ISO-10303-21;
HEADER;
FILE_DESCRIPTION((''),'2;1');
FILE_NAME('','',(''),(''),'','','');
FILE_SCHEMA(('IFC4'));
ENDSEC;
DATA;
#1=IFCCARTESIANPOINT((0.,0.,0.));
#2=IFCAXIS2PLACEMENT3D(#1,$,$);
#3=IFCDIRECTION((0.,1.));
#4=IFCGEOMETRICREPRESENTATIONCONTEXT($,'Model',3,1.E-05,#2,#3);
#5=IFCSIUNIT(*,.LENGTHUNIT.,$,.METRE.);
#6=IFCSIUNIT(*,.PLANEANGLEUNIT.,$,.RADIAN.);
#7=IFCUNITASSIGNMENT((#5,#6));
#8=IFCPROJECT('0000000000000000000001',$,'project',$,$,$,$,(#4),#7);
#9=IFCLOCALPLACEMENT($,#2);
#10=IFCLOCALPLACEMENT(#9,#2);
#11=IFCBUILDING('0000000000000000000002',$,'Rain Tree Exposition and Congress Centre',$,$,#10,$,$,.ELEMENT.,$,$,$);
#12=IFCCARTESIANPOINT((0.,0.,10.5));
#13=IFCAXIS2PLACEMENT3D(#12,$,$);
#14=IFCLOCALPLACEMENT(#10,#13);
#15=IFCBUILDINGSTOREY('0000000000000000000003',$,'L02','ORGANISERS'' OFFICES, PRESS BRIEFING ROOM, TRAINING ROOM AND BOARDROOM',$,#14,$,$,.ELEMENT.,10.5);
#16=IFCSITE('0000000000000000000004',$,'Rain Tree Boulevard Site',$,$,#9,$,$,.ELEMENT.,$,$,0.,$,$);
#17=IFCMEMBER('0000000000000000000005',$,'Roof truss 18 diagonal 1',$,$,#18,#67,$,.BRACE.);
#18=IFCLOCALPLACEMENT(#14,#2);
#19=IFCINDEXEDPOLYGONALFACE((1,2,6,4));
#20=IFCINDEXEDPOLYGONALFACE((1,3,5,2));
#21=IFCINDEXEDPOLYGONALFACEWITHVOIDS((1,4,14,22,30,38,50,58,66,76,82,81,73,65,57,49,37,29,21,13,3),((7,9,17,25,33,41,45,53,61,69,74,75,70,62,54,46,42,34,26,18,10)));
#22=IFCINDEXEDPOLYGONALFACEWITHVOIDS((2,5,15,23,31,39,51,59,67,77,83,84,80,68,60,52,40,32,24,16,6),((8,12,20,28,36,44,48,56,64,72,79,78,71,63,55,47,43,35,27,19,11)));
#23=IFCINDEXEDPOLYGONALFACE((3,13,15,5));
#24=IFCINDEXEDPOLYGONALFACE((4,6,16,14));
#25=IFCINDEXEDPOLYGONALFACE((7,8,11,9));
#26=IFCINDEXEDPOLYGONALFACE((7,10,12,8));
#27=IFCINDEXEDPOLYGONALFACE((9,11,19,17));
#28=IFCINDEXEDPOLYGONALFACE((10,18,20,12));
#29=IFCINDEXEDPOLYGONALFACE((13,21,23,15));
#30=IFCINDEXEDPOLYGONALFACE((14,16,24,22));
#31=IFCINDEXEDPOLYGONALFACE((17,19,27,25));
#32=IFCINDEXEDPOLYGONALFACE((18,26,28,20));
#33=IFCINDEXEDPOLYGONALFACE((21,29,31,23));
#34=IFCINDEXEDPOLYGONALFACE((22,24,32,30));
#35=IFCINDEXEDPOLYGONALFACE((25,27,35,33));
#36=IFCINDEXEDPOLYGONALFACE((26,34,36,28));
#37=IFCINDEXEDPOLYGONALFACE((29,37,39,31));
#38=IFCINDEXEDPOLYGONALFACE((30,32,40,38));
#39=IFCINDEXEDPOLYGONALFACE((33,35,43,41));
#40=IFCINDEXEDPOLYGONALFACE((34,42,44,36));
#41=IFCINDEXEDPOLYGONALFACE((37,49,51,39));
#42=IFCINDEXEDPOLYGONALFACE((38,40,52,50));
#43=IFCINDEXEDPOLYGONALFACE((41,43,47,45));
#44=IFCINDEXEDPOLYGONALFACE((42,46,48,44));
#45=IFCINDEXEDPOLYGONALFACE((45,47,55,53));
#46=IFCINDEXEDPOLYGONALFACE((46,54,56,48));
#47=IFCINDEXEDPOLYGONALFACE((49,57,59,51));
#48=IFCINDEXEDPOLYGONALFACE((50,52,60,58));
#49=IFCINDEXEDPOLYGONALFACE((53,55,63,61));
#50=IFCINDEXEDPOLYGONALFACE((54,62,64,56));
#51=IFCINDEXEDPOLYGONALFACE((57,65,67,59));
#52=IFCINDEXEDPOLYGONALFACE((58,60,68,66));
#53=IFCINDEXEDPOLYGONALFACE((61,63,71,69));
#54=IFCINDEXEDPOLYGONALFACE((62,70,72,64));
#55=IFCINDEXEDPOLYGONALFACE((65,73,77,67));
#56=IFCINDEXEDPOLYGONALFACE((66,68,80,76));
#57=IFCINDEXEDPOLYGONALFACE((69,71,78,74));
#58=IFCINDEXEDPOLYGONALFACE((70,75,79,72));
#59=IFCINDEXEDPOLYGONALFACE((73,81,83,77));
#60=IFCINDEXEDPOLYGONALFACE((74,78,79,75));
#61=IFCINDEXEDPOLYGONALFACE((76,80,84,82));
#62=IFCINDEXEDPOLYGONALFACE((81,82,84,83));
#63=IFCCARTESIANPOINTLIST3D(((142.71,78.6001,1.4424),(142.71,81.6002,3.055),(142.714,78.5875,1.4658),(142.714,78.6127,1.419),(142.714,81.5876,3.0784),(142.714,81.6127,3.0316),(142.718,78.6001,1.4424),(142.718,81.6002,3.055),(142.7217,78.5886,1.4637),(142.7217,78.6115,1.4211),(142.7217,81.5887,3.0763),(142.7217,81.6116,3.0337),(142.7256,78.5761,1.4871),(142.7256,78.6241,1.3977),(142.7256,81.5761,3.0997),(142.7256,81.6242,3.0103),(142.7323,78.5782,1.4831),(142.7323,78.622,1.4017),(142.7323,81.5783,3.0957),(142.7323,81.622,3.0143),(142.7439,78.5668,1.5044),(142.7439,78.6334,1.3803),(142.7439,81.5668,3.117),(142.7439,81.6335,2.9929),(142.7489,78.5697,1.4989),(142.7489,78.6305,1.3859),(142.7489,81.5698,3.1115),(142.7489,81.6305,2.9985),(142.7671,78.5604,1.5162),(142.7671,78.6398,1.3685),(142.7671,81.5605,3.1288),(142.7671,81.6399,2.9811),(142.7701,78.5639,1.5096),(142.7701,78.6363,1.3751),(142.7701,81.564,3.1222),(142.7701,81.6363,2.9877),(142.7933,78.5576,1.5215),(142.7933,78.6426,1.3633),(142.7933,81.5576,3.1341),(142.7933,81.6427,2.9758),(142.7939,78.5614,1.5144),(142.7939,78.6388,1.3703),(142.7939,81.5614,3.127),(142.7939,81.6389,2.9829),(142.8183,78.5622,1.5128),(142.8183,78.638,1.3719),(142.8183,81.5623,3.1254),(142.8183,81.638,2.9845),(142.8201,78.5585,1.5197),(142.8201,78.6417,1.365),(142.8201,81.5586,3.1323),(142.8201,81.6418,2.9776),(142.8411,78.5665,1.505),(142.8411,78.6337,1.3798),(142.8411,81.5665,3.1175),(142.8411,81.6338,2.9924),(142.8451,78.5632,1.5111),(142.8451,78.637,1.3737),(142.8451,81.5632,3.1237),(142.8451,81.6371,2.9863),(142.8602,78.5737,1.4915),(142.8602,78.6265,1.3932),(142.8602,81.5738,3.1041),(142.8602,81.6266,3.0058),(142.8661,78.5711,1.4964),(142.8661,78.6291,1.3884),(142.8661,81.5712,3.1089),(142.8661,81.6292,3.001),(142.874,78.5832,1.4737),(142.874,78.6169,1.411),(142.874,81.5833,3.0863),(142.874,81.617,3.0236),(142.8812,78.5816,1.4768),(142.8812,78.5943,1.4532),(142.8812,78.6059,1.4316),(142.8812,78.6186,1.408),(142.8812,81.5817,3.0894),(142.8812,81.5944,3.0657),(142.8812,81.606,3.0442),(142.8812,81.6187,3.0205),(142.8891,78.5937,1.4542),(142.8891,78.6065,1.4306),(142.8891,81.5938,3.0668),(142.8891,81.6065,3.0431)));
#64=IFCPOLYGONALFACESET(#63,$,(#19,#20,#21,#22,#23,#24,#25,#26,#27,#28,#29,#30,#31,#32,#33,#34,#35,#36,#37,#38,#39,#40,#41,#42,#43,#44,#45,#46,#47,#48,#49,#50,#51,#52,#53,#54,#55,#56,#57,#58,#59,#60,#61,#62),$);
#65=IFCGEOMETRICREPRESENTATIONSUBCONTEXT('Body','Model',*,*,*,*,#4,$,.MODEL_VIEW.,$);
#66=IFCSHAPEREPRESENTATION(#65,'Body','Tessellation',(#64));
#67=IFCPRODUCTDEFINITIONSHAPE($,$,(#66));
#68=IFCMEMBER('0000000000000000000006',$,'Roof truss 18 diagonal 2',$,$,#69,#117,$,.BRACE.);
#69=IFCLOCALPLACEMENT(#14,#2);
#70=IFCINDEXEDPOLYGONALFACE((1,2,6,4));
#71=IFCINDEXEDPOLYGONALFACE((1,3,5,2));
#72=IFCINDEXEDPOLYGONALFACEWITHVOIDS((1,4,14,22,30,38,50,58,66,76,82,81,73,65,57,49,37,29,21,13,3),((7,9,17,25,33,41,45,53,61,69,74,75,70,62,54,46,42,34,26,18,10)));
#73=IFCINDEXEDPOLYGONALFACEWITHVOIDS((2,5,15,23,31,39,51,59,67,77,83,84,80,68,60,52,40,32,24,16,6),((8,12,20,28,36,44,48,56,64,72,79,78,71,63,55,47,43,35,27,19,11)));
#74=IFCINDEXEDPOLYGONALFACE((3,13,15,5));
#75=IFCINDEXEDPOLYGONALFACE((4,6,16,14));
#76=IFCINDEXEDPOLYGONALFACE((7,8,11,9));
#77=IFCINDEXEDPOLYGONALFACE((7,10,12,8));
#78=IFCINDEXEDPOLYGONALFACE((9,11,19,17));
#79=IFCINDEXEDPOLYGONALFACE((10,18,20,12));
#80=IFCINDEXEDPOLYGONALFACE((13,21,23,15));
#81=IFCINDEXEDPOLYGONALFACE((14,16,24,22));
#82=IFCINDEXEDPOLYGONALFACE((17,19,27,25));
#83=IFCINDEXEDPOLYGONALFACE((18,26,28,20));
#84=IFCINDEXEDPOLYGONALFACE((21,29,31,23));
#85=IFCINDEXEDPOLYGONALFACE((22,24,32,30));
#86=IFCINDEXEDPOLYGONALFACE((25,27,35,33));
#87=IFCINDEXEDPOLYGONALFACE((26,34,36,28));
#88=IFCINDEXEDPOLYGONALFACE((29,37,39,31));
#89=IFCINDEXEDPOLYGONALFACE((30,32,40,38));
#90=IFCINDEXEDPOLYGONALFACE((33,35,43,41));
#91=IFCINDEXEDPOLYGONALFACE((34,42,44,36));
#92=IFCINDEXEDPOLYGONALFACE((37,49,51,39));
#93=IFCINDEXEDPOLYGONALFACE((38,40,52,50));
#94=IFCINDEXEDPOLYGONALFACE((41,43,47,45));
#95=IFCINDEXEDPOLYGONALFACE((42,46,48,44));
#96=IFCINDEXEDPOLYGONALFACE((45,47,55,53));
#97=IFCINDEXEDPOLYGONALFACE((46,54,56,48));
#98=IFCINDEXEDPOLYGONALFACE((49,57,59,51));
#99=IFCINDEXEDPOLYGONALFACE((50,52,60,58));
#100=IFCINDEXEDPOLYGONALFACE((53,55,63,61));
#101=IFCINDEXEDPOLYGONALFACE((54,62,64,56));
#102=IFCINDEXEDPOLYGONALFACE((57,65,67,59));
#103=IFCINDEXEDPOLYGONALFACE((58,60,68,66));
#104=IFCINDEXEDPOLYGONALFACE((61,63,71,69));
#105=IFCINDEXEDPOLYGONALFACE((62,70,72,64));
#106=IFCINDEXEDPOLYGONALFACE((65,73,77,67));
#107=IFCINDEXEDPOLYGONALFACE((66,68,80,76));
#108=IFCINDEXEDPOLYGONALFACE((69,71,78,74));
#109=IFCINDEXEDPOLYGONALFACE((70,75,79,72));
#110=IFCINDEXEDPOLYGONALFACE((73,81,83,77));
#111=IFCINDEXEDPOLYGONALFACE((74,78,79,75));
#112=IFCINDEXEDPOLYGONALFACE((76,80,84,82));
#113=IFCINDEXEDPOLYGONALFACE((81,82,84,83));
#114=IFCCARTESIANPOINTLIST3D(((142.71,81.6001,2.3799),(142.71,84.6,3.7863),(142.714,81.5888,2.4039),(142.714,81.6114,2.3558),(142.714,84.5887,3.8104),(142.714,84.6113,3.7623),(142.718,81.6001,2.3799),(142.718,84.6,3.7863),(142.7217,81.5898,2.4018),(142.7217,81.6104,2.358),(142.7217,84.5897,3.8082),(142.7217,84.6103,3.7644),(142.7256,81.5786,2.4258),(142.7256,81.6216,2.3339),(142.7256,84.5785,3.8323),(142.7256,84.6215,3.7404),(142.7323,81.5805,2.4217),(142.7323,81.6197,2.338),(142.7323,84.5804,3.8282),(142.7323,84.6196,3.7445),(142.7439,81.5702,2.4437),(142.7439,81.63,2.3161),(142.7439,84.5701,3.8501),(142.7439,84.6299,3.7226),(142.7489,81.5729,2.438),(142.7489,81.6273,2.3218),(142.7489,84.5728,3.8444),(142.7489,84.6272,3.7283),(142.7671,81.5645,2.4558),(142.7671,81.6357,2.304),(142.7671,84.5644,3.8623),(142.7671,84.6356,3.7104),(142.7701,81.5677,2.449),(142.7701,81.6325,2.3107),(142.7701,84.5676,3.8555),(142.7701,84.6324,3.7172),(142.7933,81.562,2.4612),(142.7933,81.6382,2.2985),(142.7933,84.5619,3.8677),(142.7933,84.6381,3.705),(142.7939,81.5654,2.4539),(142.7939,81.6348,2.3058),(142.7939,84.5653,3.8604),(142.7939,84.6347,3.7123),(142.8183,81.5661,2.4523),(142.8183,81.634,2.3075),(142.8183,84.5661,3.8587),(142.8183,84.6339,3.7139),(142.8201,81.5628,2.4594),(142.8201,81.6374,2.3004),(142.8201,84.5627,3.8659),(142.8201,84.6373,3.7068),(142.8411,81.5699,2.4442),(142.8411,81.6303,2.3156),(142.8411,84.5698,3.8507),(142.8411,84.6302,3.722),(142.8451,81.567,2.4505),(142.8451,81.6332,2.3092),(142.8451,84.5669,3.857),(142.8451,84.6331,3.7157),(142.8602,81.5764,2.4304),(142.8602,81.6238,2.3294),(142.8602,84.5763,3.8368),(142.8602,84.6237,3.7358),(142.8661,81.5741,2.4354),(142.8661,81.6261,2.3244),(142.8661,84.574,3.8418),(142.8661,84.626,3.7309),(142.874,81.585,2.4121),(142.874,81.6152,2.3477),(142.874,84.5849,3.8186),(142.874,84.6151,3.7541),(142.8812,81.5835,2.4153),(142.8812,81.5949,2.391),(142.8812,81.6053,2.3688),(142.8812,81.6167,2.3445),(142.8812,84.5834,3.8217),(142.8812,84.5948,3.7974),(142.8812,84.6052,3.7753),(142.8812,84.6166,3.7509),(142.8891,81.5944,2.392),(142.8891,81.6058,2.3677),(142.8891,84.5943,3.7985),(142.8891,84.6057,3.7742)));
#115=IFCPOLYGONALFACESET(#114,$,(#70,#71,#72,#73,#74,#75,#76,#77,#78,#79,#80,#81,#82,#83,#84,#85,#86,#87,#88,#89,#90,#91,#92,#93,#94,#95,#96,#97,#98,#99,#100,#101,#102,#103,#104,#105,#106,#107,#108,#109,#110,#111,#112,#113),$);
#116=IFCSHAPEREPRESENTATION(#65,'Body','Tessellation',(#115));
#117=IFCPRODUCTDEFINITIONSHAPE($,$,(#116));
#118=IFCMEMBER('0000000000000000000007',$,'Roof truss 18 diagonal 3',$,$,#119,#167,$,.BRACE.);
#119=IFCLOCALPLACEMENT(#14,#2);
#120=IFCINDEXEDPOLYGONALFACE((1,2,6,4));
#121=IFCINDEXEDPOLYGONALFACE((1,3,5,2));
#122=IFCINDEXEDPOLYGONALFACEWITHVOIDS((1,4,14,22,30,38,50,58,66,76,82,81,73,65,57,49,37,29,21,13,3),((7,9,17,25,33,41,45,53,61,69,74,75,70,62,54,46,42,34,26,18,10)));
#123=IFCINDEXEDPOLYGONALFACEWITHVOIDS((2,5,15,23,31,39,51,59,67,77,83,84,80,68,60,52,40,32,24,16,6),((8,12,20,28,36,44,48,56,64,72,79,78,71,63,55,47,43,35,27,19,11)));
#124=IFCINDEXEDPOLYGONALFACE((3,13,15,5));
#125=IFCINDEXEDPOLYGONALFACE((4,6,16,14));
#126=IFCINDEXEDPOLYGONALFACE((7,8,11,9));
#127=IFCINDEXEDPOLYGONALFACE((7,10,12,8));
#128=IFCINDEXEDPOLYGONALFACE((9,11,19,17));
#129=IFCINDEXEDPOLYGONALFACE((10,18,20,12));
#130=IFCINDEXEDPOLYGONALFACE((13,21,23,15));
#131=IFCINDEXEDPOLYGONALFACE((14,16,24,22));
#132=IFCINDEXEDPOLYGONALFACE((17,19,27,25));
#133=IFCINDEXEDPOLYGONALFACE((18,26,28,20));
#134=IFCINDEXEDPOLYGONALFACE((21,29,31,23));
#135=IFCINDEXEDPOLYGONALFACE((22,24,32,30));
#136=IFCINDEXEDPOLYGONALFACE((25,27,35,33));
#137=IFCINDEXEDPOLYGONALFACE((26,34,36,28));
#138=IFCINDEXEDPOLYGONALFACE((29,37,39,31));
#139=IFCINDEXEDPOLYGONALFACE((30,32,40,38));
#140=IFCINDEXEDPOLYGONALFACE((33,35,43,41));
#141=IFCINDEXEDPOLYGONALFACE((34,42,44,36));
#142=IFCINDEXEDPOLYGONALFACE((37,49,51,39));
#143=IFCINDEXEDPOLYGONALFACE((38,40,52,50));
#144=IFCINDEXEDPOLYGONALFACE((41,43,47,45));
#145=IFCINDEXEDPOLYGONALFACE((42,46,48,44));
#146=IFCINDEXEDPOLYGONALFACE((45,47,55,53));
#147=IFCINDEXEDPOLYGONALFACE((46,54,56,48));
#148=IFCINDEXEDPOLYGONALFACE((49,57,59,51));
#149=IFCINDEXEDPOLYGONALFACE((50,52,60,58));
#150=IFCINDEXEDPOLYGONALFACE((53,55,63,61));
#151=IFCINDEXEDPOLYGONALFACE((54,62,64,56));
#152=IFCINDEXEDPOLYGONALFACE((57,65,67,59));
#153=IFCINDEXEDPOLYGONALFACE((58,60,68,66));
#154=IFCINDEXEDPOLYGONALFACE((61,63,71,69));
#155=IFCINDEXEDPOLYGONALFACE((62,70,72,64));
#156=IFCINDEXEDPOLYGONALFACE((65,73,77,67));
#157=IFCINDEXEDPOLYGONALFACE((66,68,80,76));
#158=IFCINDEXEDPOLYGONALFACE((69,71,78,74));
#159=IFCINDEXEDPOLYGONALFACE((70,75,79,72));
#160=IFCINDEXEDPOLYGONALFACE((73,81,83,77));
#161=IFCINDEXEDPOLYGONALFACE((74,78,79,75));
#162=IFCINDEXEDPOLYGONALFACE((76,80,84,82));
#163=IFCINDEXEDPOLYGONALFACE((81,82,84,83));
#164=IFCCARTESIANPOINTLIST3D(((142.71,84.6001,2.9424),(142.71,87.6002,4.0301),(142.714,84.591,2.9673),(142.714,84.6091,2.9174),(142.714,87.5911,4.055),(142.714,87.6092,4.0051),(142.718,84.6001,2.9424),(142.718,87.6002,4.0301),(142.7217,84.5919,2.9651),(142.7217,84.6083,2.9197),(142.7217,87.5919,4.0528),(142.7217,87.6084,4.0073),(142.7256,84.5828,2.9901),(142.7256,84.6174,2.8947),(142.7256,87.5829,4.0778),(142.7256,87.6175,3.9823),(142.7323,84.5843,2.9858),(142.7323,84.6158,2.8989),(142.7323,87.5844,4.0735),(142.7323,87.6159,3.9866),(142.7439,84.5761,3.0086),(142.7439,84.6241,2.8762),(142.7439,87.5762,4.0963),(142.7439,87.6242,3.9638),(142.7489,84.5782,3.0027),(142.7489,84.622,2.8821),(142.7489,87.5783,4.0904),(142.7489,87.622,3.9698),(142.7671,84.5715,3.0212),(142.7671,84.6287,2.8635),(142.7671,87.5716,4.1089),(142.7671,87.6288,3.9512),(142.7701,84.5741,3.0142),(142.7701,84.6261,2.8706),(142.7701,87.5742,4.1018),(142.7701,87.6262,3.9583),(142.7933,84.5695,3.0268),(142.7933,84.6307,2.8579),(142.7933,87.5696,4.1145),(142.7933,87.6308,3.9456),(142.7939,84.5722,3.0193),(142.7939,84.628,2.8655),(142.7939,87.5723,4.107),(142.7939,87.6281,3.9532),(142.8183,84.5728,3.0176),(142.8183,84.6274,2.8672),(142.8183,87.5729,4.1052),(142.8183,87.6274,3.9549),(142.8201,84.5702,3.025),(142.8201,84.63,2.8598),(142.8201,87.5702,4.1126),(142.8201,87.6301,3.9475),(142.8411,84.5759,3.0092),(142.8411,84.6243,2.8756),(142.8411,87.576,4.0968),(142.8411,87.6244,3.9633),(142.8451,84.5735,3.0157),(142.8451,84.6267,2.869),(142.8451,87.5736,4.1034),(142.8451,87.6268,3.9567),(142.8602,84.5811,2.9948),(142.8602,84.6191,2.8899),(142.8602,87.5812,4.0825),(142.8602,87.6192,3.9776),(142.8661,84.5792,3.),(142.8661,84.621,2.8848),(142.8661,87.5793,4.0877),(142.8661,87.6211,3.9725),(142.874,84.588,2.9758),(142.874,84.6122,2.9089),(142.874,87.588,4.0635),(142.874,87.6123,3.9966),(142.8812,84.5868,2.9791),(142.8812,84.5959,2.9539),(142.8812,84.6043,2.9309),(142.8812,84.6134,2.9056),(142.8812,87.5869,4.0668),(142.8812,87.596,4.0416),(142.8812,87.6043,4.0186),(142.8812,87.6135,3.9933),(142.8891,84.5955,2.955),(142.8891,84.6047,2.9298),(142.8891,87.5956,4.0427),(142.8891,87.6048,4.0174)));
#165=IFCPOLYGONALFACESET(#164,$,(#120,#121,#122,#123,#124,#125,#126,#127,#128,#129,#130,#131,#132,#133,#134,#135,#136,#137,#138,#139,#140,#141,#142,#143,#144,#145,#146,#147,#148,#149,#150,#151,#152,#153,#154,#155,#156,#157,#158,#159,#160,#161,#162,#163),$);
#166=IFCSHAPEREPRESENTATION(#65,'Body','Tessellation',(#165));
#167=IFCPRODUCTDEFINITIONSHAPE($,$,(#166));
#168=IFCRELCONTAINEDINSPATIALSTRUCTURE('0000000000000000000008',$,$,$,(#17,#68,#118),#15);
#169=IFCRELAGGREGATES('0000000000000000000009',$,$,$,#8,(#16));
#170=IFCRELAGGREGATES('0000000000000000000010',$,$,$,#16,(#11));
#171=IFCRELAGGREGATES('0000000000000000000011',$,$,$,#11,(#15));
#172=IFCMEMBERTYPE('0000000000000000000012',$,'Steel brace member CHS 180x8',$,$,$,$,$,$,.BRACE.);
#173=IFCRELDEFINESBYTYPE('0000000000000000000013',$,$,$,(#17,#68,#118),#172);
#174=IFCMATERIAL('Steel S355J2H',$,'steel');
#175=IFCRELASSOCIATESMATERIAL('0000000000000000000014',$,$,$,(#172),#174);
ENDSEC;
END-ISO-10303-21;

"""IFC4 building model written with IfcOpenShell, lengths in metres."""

from ifc_helpers import new_model, si_unit, direction, frame, origin, origin_2d, place, context, subcontext, project, spatial, hollow_circle, extrude, material, material_profile, profile_set, type_object, element, save


model = new_model("IFC4")

# Units and contexts
model_context = context("Model", 3, precision=1e-05, world=origin(), true_north=direction((0.0, 1.0)))
body_context = subcontext(model_context, "Body", "Model", "MODEL_VIEW")
ifc_project = project(units=[si_unit("LENGTHUNIT", "METRE"), si_unit("PLANEANGLEUNIT", "RADIAN")], contexts=[model_context])

# Site, building, storey
site_placement = place(None, origin())
site = spatial("IfcSite", under=ifc_project, at=site_placement, Name="Rain Tree Boulevard Site", CompositionType="ELEMENT", RefElevation=0.0)
building_placement = place(site_placement, origin())
building = spatial("IfcBuilding", under=site, at=building_placement, Name="Rain Tree Exposition and Congress Centre", CompositionType="ELEMENT")
storey_placement = place(building_placement, frame((0.0, 0.0, 10.5)))
storey = spatial("IfcBuildingStorey", under=building, at=storey_placement, Name="L02", Description="ORGANISERS' OFFICES, PRESS BRIEFING ROOM, TRAINING ROOM AND BOARDROOM", CompositionType="ELEMENT", Elevation=10.5)

# Members
ifc_material_1 = material(Name="Steel S355J2H", Category="steel")
ifc_material_profile_1 = material_profile(ifc_material_1, hollow_circle(Radius=0.0901, WallThickness=0.0081, at=origin_2d()), Name="CHS 180x8")
ifc_profile_set_1 = profile_set([ifc_material_profile_1], Name="Steel S355J2H")
member_type_1 = type_object("IfcMemberType", Name="Steel brace member CHS 180x8", PredefinedType="BRACE", material=ifc_profile_set_1)
member_1_placement = place(storey_placement, frame((142.8, 78.6001, 1.4424), z_axis=(0.0, 0.880818, 0.473454), x_axis=(-1.0, 0.0, 0.0)))
element("IfcMember", 1, at=member_1_placement, inside=storey, type_object=member_type_1, Name="Roof truss 18 diagonal 1", PredefinedType="BRACE", context=body_context, shape_type="SweptSolid", body=[
    extrude(hollow_circle(Radius=0.0901, WallThickness=0.0081, at=origin_2d()), origin(), (0.0, 0.0, 1.0), 3.406),
])
member_2_placement = place(storey_placement, frame((142.8, 81.6001, 2.3799), z_axis=(0.0, 0.905431, 0.424494), x_axis=(-1.0, 0.0, 0.0)))
element("IfcMember", 2, at=member_2_placement, inside=storey, type_object=member_type_1, Name="Roof truss 18 diagonal 2", PredefinedType="BRACE", context=body_context, shape_type="SweptSolid", body=[
    extrude(hollow_circle(Radius=0.0901, WallThickness=0.0081, at=origin_2d()), origin(), (0.0, 0.0, 1.0), 3.3132),
])
member_3_placement = place(storey_placement, frame((142.8, 84.6001, 2.9424), z_axis=(0.0, 0.940121, 0.34084), x_axis=(-1.0, 0.0, 0.0)))
element("IfcMember", 3, at=member_3_placement, inside=storey, type_object=member_type_1, Name="Roof truss 18 diagonal 3", PredefinedType="BRACE", context=body_context, shape_type="SweptSolid", body=[
    extrude(hollow_circle(Radius=0.0901, WallThickness=0.0081, at=origin_2d()), origin(), (0.0, 0.0, 1.0), 3.1912),
])

save(model, "model.ifc")
